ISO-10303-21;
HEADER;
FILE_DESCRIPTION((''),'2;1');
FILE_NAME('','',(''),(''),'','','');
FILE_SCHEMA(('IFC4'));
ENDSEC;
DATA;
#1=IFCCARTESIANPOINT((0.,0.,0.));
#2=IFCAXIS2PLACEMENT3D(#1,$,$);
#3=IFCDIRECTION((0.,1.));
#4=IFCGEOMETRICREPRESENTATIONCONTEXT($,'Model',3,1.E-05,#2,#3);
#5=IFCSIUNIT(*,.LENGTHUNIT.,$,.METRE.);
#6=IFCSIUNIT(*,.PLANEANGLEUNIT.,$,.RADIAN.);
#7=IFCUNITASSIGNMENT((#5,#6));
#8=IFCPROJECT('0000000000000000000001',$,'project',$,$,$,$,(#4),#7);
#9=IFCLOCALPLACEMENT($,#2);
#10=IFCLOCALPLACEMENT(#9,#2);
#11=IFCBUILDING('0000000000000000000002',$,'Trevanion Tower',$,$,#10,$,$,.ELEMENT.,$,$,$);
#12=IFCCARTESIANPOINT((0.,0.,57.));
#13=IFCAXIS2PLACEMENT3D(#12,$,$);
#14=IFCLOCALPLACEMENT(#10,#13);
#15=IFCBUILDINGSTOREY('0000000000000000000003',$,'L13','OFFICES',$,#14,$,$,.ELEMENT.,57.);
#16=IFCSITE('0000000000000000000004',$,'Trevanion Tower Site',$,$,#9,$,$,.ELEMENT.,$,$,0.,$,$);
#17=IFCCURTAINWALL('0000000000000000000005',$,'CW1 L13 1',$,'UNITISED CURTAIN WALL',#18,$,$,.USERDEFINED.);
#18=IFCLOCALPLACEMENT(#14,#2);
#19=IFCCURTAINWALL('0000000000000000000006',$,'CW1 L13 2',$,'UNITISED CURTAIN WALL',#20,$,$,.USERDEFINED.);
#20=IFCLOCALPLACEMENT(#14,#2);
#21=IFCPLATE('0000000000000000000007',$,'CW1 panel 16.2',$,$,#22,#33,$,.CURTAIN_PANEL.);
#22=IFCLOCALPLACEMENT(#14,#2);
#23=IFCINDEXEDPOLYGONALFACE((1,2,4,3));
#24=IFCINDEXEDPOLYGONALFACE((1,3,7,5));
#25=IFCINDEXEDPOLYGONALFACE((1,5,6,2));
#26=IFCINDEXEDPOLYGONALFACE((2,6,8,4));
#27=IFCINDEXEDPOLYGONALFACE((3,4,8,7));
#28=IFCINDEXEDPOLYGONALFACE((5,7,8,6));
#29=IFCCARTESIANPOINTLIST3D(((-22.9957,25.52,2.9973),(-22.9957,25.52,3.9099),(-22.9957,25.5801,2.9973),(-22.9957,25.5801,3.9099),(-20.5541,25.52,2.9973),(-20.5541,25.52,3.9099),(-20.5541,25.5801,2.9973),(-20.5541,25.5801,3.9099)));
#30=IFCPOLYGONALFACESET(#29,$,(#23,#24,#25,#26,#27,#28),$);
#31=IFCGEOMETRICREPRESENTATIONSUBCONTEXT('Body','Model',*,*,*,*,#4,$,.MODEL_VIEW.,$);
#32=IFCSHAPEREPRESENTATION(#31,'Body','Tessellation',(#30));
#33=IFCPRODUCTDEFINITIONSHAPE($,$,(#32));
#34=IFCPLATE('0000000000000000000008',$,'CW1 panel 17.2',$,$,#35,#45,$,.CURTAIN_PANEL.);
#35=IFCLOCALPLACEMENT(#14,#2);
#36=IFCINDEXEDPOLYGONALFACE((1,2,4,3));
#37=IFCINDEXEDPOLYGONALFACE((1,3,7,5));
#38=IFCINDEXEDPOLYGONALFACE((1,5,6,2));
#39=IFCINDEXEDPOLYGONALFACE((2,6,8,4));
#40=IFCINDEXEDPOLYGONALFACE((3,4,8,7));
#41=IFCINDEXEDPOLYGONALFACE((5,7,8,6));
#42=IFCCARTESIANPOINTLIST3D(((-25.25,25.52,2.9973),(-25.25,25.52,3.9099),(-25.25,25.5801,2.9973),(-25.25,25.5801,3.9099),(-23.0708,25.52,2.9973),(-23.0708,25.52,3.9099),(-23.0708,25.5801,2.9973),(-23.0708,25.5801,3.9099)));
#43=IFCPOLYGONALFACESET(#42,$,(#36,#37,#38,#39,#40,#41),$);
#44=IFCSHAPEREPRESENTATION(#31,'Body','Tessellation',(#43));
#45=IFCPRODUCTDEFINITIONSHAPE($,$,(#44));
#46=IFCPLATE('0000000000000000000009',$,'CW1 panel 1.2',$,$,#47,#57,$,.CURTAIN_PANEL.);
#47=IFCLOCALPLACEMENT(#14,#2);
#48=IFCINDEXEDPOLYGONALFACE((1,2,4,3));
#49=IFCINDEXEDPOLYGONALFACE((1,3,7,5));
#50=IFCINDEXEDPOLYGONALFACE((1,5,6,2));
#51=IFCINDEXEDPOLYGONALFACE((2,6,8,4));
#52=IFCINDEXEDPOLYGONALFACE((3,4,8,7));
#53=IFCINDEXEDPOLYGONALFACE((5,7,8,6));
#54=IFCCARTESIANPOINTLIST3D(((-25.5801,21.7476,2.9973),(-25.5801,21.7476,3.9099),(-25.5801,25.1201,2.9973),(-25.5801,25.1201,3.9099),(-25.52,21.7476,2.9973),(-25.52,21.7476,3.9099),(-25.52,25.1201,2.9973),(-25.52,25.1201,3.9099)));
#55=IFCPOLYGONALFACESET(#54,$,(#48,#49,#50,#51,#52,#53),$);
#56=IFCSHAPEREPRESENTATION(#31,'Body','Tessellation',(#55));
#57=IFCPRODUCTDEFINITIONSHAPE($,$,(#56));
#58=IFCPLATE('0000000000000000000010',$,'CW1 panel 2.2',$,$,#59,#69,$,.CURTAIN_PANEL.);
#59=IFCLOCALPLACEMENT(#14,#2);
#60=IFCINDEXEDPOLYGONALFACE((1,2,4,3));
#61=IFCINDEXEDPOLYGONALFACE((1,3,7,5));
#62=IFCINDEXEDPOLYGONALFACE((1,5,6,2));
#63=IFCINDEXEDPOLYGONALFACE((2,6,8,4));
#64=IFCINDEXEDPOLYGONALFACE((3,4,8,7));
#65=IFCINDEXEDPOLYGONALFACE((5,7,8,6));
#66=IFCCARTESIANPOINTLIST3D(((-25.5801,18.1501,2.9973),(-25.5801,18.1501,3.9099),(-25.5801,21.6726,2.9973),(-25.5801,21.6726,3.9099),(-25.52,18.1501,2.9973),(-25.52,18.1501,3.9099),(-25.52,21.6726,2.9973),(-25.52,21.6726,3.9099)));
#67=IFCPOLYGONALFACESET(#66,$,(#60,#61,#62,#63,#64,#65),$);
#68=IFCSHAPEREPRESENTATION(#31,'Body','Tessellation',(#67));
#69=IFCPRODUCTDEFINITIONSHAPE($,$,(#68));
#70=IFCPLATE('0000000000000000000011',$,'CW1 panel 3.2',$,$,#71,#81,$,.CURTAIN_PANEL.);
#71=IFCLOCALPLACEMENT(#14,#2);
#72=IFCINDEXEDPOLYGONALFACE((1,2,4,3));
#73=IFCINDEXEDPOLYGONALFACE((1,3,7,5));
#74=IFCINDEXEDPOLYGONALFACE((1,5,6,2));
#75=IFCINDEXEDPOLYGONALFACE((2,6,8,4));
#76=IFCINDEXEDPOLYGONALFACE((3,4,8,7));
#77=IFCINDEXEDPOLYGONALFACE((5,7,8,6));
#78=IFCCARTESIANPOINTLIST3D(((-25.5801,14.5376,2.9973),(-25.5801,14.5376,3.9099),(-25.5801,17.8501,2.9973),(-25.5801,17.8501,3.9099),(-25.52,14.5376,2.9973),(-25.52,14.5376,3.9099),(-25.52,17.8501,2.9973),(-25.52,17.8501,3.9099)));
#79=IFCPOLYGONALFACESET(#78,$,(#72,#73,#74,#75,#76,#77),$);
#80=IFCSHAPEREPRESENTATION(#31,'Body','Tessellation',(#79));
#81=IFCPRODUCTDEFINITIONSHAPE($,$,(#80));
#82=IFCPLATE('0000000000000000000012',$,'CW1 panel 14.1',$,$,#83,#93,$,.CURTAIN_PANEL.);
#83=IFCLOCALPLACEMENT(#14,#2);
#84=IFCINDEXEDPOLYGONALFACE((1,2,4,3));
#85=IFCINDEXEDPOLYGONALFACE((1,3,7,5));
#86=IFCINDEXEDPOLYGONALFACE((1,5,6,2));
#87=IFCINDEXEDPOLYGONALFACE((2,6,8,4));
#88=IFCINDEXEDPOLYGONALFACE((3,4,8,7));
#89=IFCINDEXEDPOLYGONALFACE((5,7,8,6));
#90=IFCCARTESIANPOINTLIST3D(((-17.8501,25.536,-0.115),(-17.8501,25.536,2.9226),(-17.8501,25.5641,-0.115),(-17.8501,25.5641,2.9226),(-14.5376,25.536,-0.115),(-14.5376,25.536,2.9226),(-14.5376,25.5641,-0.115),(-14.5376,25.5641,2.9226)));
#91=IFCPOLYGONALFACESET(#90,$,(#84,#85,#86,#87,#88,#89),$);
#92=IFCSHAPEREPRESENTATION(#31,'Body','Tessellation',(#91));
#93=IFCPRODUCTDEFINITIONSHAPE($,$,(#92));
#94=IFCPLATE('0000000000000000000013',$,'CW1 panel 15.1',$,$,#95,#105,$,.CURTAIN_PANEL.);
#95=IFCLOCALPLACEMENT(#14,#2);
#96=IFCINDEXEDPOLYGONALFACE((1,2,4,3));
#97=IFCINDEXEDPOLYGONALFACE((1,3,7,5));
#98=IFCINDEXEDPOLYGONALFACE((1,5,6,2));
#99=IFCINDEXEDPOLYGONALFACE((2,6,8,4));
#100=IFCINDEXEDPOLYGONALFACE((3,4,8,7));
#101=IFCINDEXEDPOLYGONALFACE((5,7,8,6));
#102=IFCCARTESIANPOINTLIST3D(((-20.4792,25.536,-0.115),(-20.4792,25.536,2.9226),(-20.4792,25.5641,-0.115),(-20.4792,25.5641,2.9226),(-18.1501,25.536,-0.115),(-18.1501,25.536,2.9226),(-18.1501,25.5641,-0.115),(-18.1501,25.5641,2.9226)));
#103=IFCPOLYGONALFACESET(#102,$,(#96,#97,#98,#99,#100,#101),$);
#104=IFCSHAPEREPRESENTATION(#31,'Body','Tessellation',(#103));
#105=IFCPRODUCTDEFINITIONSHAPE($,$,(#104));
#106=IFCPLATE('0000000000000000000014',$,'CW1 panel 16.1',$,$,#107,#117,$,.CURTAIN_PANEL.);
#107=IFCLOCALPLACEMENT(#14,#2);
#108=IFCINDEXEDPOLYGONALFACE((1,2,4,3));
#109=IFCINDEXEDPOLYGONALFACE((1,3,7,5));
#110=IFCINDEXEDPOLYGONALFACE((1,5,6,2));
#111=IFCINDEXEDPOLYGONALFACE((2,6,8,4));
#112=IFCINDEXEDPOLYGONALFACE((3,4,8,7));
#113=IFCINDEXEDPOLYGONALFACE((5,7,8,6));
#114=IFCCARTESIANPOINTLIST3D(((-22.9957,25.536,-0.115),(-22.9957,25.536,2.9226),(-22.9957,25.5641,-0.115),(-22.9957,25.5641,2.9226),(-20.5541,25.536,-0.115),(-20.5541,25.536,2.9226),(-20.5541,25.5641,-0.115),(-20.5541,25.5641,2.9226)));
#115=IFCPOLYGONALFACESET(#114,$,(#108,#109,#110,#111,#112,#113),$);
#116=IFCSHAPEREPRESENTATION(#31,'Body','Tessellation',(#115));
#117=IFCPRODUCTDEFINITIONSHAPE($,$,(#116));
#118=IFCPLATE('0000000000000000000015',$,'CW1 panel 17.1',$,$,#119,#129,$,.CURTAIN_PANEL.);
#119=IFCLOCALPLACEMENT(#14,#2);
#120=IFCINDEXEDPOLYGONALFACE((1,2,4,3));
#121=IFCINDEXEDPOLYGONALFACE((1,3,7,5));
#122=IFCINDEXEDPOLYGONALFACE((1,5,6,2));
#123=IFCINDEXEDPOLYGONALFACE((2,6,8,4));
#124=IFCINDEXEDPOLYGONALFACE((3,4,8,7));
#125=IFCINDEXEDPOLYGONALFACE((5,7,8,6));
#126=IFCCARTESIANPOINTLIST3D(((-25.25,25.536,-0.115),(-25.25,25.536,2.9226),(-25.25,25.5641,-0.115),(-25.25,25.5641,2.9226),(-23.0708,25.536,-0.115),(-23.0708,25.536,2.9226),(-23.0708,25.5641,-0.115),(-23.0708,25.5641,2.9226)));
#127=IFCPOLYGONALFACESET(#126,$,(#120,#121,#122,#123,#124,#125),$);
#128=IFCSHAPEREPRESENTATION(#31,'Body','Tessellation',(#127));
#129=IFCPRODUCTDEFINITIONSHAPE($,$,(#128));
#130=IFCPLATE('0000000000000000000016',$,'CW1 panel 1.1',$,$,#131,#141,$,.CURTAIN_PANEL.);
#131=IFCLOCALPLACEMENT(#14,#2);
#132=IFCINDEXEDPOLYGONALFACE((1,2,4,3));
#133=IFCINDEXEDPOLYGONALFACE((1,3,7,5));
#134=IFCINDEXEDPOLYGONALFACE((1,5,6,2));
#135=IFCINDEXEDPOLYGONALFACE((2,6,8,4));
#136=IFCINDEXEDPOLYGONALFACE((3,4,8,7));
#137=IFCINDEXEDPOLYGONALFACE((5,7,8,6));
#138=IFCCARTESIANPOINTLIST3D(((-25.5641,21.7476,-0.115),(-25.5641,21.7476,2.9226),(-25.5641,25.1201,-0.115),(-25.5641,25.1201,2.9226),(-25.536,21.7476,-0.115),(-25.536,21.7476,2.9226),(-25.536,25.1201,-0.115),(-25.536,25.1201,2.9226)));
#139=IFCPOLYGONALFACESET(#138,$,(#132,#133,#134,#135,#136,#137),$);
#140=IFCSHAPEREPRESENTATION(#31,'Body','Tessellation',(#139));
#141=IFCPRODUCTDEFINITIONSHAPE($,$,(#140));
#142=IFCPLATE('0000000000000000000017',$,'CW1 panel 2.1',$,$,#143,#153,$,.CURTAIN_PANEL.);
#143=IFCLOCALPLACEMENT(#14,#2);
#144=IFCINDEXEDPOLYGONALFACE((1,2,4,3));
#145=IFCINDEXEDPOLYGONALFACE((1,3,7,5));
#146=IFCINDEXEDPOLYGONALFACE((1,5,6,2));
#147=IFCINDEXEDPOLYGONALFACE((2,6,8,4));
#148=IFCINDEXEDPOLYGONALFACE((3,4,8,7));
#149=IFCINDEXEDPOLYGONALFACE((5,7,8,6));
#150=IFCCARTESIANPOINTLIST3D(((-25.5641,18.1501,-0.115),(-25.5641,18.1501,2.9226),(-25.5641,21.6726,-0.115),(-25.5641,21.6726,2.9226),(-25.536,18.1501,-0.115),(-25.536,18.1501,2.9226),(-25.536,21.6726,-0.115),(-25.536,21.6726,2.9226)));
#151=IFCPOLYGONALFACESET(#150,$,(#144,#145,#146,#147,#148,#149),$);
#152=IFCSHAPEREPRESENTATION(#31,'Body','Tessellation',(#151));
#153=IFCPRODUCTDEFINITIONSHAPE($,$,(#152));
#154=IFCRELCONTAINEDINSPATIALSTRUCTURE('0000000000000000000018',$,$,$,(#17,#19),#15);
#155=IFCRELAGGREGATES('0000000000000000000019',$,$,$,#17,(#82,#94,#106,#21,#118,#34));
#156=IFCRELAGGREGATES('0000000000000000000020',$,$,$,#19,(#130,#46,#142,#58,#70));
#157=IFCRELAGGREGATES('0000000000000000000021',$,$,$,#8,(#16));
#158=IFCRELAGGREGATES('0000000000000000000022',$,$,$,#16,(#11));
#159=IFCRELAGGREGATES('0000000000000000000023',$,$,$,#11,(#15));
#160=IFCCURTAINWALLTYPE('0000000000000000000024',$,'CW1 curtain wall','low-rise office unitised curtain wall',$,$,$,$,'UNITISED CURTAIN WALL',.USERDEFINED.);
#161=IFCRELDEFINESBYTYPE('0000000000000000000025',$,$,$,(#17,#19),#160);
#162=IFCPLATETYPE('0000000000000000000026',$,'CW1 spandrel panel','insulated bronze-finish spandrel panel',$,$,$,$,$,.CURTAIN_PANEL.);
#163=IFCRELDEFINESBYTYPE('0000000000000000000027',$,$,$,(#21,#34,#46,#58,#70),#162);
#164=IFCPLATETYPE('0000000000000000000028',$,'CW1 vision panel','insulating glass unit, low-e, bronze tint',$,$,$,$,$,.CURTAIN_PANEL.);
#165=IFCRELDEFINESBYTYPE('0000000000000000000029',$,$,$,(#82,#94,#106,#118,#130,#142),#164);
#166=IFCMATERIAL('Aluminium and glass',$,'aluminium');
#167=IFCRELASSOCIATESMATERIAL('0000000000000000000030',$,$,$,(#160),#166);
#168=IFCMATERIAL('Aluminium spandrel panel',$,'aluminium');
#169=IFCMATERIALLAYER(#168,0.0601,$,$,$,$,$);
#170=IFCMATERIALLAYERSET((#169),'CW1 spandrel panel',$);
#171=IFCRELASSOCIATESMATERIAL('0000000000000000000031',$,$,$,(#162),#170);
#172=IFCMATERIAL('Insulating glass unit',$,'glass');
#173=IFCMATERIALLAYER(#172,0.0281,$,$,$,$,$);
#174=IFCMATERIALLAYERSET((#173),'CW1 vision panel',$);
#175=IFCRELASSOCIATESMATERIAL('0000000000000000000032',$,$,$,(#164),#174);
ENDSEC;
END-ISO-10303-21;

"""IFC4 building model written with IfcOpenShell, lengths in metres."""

from ifc_helpers import new_model, si_unit, direction, frame, origin, origin_2d, place, context, subcontext, project, spatial, rectangle, extrude, material, layer, layer_set, type_object, element, aggregate, save


model = new_model("IFC4")

# Units and contexts
model_context = context("Model", 3, precision=1e-05, world=origin(), true_north=direction((0.0, 1.0)))
body_context = subcontext(model_context, "Body", "Model", "MODEL_VIEW")
ifc_project = project(units=[si_unit("LENGTHUNIT", "METRE"), si_unit("PLANEANGLEUNIT", "RADIAN")], contexts=[model_context])

# Site, building, storey
site_placement = place(None, origin())
site = spatial("IfcSite", under=ifc_project, at=site_placement, Name="Trevanion Tower Site", CompositionType="ELEMENT", RefElevation=0.0)
building_placement = place(site_placement, origin())
building = spatial("IfcBuilding", under=site, at=building_placement, Name="Trevanion Tower", CompositionType="ELEMENT")
storey_placement = place(building_placement, frame((0.0, 0.0, 57.0)))
storey = spatial("IfcBuildingStorey", under=building, at=storey_placement, Name="L13", Description="OFFICES", CompositionType="ELEMENT", Elevation=57.0)

# Curtain wall
ifc_material_1 = material(Name="Aluminium and glass", Category="aluminium")
curtain_wall_type = type_object("IfcCurtainWallType", Name="CW1 curtain wall", Description="low-rise office unitised curtain wall", ElementType="UNITISED CURTAIN WALL", PredefinedType="USERDEFINED", material=ifc_material_1)
curtain_wall_1_placement = place(storey_placement, origin())
curtain_wall_1 = element("IfcCurtainWall", 1, at=curtain_wall_1_placement, inside=storey, type_object=curtain_wall_type, Name="CW1 L13 1", ObjectType="UNITISED CURTAIN WALL", PredefinedType="USERDEFINED")

# Curtain wall
curtain_wall_2_placement = place(storey_placement, origin())
curtain_wall_2 = element("IfcCurtainWall", 2, at=curtain_wall_2_placement, inside=storey, type_object=curtain_wall_type, Name="CW1 L13 2", ObjectType="UNITISED CURTAIN WALL", PredefinedType="USERDEFINED")

# Plates
ifc_material_2 = material(Name="Aluminium spandrel panel", Category="aluminium")
ifc_layer_1 = layer(ifc_material_2, 0.0601)
ifc_layer_set_1 = layer_set([ifc_layer_1], Name="CW1 spandrel panel")
plate_type_1 = type_object("IfcPlateType", Name="CW1 spandrel panel", Description="insulated bronze-finish spandrel panel", PredefinedType="CURTAIN_PANEL", material=ifc_layer_set_1)
plate_1_placement = place(storey_placement, frame((-21.7749, 25.55, 2.9973), z_axis=(0.0, 0.0, 1.0), x_axis=(-1.0, 0.0, 0.0)))
plate_1 = element("IfcPlate", 3, at=plate_1_placement, type_object=plate_type_1, Name="CW1 panel 16.2", PredefinedType="CURTAIN_PANEL", context=body_context, shape_type="SweptSolid", body=[
    extrude(rectangle(XDim=2.4417, YDim=0.0601, at=origin_2d()), origin(), (0.0, 0.0, 1.0), 0.9126),
])
plate_2_placement = place(storey_placement, frame((-24.1604, 25.55, 2.9973), z_axis=(0.0, 0.0, 1.0), x_axis=(-1.0, 0.0, 0.0)))
plate_2 = element("IfcPlate", 4, at=plate_2_placement, type_object=plate_type_1, Name="CW1 panel 17.2", PredefinedType="CURTAIN_PANEL", context=body_context, shape_type="SweptSolid", body=[
    extrude(rectangle(XDim=2.1792, YDim=0.0601, at=origin_2d()), origin(), (0.0, 0.0, 1.0), 0.9126),
])
plate_3_placement = place(storey_placement, frame((-25.55, 23.4338, 2.9973), z_axis=(0.0, 0.0, 1.0), x_axis=(0.0, -1.0, 0.0)))
plate_3 = element("IfcPlate", 5, at=plate_3_placement, type_object=plate_type_1, Name="CW1 panel 1.2", PredefinedType="CURTAIN_PANEL", context=body_context, shape_type="SweptSolid", body=[
    extrude(rectangle(XDim=3.3726, YDim=0.0601, at=origin_2d()), origin(), (0.0, 0.0, 1.0), 0.9126),
])
plate_4_placement = place(storey_placement, frame((-25.55, 19.9114, 2.9973), z_axis=(0.0, 0.0, 1.0), x_axis=(0.0, -1.0, 0.0)))
plate_4 = element("IfcPlate", 6, at=plate_4_placement, type_object=plate_type_1, Name="CW1 panel 2.2", PredefinedType="CURTAIN_PANEL", context=body_context, shape_type="SweptSolid", body=[
    extrude(rectangle(XDim=3.5225, YDim=0.0601, at=origin_2d()), origin(), (0.0, 0.0, 1.0), 0.9126),
])
plate_5_placement = place(storey_placement, frame((-25.55, 16.1938, 2.9973), z_axis=(0.0, 0.0, 1.0), x_axis=(0.0, -1.0, 0.0)))
plate_5 = element("IfcPlate", 7, at=plate_5_placement, type_object=plate_type_1, Name="CW1 panel 3.2", PredefinedType="CURTAIN_PANEL", context=body_context, shape_type="SweptSolid", body=[
    extrude(rectangle(XDim=3.3125, YDim=0.0601, at=origin_2d()), origin(), (0.0, 0.0, 1.0), 0.9126),
])
ifc_material_3 = material(Name="Insulating glass unit", Category="glass")
ifc_layer_2 = layer(ifc_material_3, 0.0281)
ifc_layer_set_2 = layer_set([ifc_layer_2], Name="CW1 vision panel")
plate_type_2 = type_object("IfcPlateType", Name="CW1 vision panel", Description="insulating glass unit, low-e, bronze tint", PredefinedType="CURTAIN_PANEL", material=ifc_layer_set_2)
plate_6_placement = place(storey_placement, frame((-16.1938, 25.55, -0.115), z_axis=(0.0, 0.0, 1.0), x_axis=(-1.0, 0.0, 0.0)))
plate_6 = element("IfcPlate", 8, at=plate_6_placement, type_object=plate_type_2, Name="CW1 panel 14.1", PredefinedType="CURTAIN_PANEL", context=body_context, shape_type="SweptSolid", body=[
    extrude(rectangle(XDim=3.3125, YDim=0.0281, at=origin_2d()), origin(), (0.0, 0.0, 1.0), 3.0376),
])
plate_7_placement = place(storey_placement, frame((-19.3147, 25.55, -0.115), z_axis=(0.0, 0.0, 1.0), x_axis=(-1.0, 0.0, 0.0)))
plate_7 = element("IfcPlate", 9, at=plate_7_placement, type_object=plate_type_2, Name="CW1 panel 15.1", PredefinedType="CURTAIN_PANEL", context=body_context, shape_type="SweptSolid", body=[
    extrude(rectangle(XDim=2.3291, YDim=0.0281, at=origin_2d()), origin(), (0.0, 0.0, 1.0), 3.0376),
])
plate_8_placement = place(storey_placement, frame((-21.7749, 25.55, -0.115), z_axis=(0.0, 0.0, 1.0), x_axis=(-1.0, 0.0, 0.0)))
plate_8 = element("IfcPlate", 10, at=plate_8_placement, type_object=plate_type_2, Name="CW1 panel 16.1", PredefinedType="CURTAIN_PANEL", context=body_context, shape_type="SweptSolid", body=[
    extrude(rectangle(XDim=2.4417, YDim=0.0281, at=origin_2d()), origin(), (0.0, 0.0, 1.0), 3.0376),
])
plate_9_placement = place(storey_placement, frame((-24.1604, 25.55, -0.115), z_axis=(0.0, 0.0, 1.0), x_axis=(-1.0, 0.0, 0.0)))
plate_9 = element("IfcPlate", 11, at=plate_9_placement, type_object=plate_type_2, Name="CW1 panel 17.1", PredefinedType="CURTAIN_PANEL", context=body_context, shape_type="SweptSolid", body=[
    extrude(rectangle(XDim=2.1792, YDim=0.0281, at=origin_2d()), origin(), (0.0, 0.0, 1.0), 3.0376),
])
aggregate(curtain_wall_1, [plate_6, plate_7, plate_8, plate_1, plate_9, plate_2])
plate_10_placement = place(storey_placement, frame((-25.55, 23.4338, -0.115), z_axis=(0.0, 0.0, 1.0), x_axis=(0.0, -1.0, 0.0)))
plate_10 = element("IfcPlate", 12, at=plate_10_placement, type_object=plate_type_2, Name="CW1 panel 1.1", PredefinedType="CURTAIN_PANEL", context=body_context, shape_type="SweptSolid", body=[
    extrude(rectangle(XDim=3.3726, YDim=0.0281, at=origin_2d()), origin(), (0.0, 0.0, 1.0), 3.0376),
])
plate_11_placement = place(storey_placement, frame((-25.55, 19.9114, -0.115), z_axis=(0.0, 0.0, 1.0), x_axis=(0.0, -1.0, 0.0)))
plate_11 = element("IfcPlate", 13, at=plate_11_placement, type_object=plate_type_2, Name="CW1 panel 2.1", PredefinedType="CURTAIN_PANEL", context=body_context, shape_type="SweptSolid", body=[
    extrude(rectangle(XDim=3.5225, YDim=0.0281, at=origin_2d()), origin(), (0.0, 0.0, 1.0), 3.0376),
])
aggregate(curtain_wall_2, [plate_10, plate_3, plate_11, plate_4, plate_5])

save(model, "model.ifc")
